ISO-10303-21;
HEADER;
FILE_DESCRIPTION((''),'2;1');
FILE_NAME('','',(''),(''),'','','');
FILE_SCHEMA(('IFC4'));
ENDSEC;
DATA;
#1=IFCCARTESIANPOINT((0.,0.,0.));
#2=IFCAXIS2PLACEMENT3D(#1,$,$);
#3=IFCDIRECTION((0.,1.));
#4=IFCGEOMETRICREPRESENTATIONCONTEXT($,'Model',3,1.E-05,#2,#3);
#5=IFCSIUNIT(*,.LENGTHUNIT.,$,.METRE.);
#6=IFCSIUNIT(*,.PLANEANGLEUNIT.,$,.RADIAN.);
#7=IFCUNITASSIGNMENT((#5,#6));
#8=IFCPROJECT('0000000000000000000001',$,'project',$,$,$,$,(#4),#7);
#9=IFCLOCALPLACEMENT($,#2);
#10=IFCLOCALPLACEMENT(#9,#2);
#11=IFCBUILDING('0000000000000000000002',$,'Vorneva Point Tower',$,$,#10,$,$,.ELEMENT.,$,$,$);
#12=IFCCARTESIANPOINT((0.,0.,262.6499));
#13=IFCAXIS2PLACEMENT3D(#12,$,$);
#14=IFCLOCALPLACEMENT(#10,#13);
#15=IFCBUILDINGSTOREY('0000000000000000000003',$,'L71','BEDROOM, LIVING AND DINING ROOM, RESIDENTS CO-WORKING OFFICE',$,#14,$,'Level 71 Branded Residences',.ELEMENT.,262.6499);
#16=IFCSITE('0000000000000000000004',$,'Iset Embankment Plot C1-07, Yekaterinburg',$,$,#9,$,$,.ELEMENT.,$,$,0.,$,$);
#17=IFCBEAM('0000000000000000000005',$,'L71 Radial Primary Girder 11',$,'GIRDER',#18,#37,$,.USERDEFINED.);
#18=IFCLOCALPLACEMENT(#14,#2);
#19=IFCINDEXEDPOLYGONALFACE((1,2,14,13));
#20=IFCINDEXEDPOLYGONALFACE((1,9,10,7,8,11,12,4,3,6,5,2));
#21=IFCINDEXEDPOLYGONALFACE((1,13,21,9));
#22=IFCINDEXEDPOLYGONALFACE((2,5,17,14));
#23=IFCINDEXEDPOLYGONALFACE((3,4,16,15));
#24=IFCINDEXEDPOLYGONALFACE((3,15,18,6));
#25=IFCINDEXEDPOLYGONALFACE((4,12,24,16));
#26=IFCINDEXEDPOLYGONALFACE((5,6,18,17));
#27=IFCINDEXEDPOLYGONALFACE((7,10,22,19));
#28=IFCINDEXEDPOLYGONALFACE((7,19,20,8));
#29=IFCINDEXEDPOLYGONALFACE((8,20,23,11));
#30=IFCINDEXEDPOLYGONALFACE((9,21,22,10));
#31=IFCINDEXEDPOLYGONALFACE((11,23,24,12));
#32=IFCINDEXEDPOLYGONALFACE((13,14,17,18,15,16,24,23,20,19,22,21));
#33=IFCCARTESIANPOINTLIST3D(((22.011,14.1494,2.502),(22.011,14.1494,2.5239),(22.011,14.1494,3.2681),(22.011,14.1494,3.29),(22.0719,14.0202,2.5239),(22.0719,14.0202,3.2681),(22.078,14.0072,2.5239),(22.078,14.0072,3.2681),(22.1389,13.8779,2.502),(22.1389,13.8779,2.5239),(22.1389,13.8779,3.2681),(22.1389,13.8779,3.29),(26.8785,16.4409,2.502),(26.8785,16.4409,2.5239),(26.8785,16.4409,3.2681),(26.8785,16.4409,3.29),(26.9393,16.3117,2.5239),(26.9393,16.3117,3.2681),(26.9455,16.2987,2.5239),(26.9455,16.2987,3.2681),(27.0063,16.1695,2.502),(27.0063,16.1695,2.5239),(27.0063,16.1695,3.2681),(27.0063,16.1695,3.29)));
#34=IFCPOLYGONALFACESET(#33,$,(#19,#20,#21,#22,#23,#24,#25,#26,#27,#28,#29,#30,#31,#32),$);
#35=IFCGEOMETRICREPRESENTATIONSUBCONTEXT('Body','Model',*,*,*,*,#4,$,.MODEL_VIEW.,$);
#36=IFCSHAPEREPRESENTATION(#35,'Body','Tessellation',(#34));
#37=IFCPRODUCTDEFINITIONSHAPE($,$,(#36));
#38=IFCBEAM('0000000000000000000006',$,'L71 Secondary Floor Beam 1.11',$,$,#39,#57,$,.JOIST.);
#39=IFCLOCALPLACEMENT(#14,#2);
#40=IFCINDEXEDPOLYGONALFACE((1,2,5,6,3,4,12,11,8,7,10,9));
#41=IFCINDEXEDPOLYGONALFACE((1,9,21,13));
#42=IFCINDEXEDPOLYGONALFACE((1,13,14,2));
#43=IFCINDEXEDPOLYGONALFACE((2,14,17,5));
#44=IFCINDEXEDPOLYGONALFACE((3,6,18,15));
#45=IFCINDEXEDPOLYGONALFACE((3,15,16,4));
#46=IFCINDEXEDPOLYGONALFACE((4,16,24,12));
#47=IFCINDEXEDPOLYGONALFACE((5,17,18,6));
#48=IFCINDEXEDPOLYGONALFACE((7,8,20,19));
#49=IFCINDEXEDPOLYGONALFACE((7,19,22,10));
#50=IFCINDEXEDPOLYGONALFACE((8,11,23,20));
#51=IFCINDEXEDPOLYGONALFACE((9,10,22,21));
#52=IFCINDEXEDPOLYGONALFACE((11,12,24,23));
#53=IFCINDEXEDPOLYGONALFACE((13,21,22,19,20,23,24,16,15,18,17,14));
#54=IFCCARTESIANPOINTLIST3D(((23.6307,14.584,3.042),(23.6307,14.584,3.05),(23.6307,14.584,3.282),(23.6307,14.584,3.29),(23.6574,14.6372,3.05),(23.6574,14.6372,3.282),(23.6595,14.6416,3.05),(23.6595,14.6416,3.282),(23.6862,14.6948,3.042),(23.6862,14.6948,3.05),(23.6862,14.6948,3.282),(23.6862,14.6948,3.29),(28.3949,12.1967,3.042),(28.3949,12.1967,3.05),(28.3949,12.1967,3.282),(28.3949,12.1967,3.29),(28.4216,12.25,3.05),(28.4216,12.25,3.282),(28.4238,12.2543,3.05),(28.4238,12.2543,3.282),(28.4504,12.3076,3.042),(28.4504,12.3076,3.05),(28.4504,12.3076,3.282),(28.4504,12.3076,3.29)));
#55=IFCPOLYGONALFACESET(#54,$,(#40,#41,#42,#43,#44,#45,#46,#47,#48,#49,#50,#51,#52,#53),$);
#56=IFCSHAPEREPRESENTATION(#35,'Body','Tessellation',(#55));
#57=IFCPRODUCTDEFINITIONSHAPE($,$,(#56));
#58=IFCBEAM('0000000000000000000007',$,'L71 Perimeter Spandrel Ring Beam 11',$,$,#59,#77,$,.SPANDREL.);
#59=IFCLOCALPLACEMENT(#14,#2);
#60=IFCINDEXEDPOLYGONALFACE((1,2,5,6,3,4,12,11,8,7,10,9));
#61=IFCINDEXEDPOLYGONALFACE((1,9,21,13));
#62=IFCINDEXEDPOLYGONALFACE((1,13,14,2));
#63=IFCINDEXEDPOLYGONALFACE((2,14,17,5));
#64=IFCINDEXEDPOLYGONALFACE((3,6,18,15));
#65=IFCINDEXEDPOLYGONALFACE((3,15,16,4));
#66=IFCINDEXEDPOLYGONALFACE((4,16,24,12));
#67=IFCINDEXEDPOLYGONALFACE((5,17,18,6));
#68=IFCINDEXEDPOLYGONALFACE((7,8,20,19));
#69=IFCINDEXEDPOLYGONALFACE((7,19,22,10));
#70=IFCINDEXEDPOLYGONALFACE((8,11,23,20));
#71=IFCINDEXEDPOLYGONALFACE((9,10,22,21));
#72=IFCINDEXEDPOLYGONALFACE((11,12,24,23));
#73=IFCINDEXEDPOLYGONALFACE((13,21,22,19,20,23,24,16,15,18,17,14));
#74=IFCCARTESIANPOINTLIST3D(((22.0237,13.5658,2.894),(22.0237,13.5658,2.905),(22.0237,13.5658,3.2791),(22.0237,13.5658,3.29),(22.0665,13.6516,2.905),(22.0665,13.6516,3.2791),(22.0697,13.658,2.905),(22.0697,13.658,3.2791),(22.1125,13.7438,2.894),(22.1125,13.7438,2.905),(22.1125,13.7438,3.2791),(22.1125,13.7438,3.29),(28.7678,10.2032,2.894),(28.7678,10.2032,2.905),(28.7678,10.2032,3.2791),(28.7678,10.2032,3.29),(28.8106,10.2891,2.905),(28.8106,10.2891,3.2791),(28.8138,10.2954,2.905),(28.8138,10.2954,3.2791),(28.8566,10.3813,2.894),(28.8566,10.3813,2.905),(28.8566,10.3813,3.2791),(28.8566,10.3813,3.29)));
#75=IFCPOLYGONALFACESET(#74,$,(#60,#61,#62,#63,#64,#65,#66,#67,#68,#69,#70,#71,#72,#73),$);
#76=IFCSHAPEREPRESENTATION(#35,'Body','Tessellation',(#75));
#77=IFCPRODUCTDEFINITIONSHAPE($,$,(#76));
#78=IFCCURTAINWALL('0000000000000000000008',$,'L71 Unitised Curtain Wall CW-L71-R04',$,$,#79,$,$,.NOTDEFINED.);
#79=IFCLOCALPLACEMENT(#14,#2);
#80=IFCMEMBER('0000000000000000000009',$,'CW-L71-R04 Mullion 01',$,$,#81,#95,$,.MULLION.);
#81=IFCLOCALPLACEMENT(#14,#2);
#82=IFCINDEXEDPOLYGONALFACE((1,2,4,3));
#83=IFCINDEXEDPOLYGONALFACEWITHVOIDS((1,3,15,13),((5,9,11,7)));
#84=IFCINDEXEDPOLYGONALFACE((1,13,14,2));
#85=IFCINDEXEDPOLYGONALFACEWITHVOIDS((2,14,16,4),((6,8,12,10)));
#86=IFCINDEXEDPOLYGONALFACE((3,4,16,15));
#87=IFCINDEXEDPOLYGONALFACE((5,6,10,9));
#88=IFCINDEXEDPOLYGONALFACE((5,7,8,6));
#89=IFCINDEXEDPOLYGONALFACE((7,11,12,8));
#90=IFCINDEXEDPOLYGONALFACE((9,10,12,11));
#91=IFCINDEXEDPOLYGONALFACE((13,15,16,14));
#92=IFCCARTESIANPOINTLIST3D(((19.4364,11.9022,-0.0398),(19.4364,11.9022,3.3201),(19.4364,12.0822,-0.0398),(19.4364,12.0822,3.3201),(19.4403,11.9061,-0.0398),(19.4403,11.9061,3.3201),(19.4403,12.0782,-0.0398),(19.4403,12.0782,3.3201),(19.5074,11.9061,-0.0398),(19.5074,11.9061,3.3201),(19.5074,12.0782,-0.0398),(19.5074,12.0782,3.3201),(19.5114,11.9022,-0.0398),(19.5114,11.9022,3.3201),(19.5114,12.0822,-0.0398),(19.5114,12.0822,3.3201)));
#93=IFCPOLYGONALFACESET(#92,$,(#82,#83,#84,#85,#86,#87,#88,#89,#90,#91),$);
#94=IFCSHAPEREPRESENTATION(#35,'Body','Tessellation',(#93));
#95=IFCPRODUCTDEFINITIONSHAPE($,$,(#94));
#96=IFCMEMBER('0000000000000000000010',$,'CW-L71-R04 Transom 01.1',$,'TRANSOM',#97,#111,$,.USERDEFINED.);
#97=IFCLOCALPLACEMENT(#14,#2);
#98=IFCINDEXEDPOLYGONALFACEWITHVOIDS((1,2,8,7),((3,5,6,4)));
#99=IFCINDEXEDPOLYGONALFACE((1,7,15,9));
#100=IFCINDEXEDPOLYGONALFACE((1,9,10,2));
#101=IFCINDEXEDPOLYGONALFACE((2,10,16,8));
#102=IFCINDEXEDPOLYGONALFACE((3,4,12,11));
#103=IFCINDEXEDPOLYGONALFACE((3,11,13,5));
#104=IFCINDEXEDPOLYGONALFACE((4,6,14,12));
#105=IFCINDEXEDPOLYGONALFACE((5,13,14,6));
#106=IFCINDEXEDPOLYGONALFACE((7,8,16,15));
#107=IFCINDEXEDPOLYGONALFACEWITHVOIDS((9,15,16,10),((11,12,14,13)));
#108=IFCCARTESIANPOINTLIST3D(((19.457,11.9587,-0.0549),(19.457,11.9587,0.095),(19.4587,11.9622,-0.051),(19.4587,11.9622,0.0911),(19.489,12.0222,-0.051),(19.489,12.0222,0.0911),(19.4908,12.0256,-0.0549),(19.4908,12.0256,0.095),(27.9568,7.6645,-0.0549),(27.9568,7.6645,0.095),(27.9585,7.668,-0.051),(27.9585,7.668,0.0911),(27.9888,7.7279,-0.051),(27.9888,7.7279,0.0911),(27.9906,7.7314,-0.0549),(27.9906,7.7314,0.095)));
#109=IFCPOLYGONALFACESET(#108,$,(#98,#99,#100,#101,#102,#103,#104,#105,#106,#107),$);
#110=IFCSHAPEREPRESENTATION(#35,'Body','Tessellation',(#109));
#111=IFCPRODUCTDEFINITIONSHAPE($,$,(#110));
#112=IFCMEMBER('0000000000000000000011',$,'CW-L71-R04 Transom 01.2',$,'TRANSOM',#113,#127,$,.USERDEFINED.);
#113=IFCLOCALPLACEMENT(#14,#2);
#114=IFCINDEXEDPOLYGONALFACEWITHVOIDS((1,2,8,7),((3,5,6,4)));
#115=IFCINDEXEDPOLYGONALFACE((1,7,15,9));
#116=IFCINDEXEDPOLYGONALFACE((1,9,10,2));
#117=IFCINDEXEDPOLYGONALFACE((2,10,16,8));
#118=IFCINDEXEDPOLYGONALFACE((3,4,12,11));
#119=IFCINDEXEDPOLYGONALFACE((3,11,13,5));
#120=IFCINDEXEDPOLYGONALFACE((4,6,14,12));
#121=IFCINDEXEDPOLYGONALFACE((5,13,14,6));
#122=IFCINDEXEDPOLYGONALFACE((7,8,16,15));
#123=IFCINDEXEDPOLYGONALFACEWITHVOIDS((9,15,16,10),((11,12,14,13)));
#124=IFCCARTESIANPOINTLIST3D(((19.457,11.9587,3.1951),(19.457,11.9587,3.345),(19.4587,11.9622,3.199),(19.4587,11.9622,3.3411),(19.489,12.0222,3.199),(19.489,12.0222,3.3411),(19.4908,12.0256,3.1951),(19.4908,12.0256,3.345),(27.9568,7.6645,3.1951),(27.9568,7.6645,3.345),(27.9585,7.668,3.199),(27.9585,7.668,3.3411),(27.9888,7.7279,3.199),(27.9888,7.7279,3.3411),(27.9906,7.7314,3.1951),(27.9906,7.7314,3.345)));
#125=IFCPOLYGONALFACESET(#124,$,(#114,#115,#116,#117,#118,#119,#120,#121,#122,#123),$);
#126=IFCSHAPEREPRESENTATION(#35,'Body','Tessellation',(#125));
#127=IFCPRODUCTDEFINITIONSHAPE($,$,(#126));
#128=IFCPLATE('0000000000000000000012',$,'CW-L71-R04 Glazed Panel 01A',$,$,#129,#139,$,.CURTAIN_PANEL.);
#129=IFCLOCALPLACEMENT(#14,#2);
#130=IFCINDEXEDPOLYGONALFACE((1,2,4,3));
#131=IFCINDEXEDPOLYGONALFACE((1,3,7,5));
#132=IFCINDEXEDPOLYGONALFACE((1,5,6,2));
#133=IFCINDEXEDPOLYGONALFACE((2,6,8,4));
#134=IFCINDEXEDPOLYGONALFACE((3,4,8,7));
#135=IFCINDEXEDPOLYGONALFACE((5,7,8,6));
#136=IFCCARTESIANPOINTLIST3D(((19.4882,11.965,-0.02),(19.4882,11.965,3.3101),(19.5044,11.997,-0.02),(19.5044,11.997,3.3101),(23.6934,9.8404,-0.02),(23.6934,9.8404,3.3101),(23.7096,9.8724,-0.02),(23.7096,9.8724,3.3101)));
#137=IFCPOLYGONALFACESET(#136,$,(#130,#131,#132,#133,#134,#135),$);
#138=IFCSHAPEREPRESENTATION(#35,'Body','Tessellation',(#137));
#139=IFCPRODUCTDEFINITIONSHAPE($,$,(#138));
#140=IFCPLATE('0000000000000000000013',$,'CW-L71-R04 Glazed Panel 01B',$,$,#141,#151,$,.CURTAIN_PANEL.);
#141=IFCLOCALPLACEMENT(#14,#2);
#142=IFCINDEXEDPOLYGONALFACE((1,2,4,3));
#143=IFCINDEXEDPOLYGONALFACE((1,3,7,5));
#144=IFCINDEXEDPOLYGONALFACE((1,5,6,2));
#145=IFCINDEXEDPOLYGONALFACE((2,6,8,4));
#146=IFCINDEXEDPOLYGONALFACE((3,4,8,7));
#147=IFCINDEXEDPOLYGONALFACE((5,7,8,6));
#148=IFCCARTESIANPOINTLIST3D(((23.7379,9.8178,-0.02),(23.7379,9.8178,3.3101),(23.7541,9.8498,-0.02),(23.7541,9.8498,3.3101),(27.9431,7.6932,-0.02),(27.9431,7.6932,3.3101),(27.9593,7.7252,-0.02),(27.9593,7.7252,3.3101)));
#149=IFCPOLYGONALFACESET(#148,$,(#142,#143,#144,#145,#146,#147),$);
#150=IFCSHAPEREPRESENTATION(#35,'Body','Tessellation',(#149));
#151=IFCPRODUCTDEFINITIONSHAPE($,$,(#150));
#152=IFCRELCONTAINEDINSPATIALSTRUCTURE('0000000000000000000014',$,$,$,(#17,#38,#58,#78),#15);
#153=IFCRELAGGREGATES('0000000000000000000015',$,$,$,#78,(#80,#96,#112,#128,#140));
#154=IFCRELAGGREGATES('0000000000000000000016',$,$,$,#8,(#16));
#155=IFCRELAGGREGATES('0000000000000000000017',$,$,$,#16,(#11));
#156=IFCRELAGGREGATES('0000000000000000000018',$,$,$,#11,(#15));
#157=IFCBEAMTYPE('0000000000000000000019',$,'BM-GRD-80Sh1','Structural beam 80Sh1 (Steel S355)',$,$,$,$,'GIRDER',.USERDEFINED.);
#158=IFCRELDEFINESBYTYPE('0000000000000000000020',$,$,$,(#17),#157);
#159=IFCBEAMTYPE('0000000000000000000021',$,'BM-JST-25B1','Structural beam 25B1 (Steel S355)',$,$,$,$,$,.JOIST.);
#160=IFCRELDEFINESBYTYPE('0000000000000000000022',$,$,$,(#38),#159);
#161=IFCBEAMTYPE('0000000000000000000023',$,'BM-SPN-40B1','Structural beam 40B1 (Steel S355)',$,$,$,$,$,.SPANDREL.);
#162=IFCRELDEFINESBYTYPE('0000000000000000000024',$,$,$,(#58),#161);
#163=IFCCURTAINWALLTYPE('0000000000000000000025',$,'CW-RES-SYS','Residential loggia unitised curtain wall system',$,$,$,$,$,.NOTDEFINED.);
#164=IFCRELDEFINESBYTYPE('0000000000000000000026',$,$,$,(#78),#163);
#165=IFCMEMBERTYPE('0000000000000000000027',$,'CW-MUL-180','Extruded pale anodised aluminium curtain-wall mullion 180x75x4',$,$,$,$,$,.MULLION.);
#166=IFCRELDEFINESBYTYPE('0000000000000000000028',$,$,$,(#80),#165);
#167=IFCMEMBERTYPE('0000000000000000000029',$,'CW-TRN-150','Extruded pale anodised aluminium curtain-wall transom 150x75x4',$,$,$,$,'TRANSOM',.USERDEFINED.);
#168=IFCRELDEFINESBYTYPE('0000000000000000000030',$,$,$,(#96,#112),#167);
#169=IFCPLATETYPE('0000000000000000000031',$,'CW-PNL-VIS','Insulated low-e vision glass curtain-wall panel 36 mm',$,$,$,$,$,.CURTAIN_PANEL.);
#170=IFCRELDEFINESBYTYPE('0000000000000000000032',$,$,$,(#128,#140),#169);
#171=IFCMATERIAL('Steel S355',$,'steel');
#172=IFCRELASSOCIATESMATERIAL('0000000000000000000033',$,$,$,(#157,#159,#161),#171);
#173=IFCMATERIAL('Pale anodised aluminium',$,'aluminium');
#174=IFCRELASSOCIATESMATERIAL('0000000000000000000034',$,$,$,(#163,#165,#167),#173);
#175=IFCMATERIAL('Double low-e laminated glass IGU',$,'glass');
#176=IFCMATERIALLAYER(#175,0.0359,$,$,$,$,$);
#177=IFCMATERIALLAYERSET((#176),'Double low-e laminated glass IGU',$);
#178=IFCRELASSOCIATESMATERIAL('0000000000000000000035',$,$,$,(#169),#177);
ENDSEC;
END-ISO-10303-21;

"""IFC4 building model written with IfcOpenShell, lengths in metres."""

from ifc_helpers import new_model, si_unit, direction, frame, origin, origin_2d, place, context, subcontext, project, spatial, rectangle, hollow_rectangle, i_section, extrude, material, layer, layer_set, material_profile, profile_set, type_object, element, aggregate, save


model = new_model("IFC4")

# Units and contexts
model_context = context("Model", 3, precision=1e-05, world=origin(), true_north=direction((0.0, 1.0)))
body_context = subcontext(model_context, "Body", "Model", "MODEL_VIEW")
ifc_project = project(units=[si_unit("LENGTHUNIT", "METRE"), si_unit("PLANEANGLEUNIT", "RADIAN")], contexts=[model_context])

# Site, building, storey
site_placement = place(None, origin())
site = spatial("IfcSite", under=ifc_project, at=site_placement, Name="Iset Embankment Plot C1-07, Yekaterinburg", CompositionType="ELEMENT", RefElevation=0.0)
building_placement = place(site_placement, origin())
building = spatial("IfcBuilding", under=site, at=building_placement, Name="Vorneva Point Tower", CompositionType="ELEMENT")
storey_placement = place(building_placement, frame((0.0, 0.0, 262.6499)))
storey = spatial("IfcBuildingStorey", under=building, at=storey_placement, Name="L71", Description="BEDROOM, LIVING AND DINING ROOM, RESIDENTS CO-WORKING OFFICE", LongName="Level 71 Branded Residences", CompositionType="ELEMENT", Elevation=262.6499)

# Beams
ifc_material_1 = material(Name="Steel S355", Category="steel")
ifc_material_profile_1 = material_profile(ifc_material_1, i_section(OverallWidth=0.3, OverallDepth=0.7881, WebThickness=0.0144, FlangeThickness=0.022, at=origin_2d()), Name="80Sh1")
ifc_profile_set_1 = profile_set([ifc_material_profile_1], Name="Steel S355")
beam_type_1 = type_object("IfcBeamType", Name="BM-GRD-80Sh1", Description="Structural beam 80Sh1 (Steel S355)", ElementType="GIRDER", PredefinedType="USERDEFINED", material=ifc_profile_set_1)
beam_1_placement = place(storey_placement, frame((22.075, 14.0137, 2.896), z_axis=(0.904751, 0.425941, 0.0), x_axis=(-0.425941, 0.904751, 0.0)))
element("IfcBeam", 1, at=beam_1_placement, inside=storey, type_object=beam_type_1, Name="L71 Radial Primary Girder 11", ObjectType="GIRDER", PredefinedType="USERDEFINED", context=body_context, shape_type="SweptSolid", body=[
    extrude(i_section(OverallWidth=0.3, OverallDepth=0.7881, WebThickness=0.0144, FlangeThickness=0.022, at=origin_2d()), origin(), (0.0, 0.0, 1.0), 5.3799),
])
ifc_material_profile_2 = material_profile(ifc_material_1, i_section(OverallWidth=0.124, OverallDepth=0.248, WebThickness=0.0049, FlangeThickness=0.0081, at=origin_2d()), Name="25B1")
ifc_profile_set_2 = profile_set([ifc_material_profile_2], Name="Steel S355")
beam_type_2 = type_object("IfcBeamType", Name="BM-JST-25B1", Description="Structural beam 25B1 (Steel S355)", PredefinedType="JOIST", material=ifc_profile_set_2)
beam_2_placement = place(storey_placement, frame((23.6584, 14.6394, 3.166), z_axis=(0.894042, -0.447983, 0.0), x_axis=(0.447983, 0.894042, 0.0)))
element("IfcBeam", 2, at=beam_2_placement, inside=storey, type_object=beam_type_2, Name="L71 Secondary Floor Beam 1.11", PredefinedType="JOIST", context=body_context, shape_type="SweptSolid", body=[
    extrude(i_section(OverallWidth=0.124, OverallDepth=0.248, WebThickness=0.0049, FlangeThickness=0.0081, at=origin_2d()), origin(), (0.0, 0.0, 1.0), 5.3289),
])
ifc_material_profile_3 = material_profile(ifc_material_1, i_section(OverallWidth=0.199, OverallDepth=0.396, WebThickness=0.0071, FlangeThickness=0.011, at=origin_2d()), Name="40B1")
ifc_profile_set_3 = profile_set([ifc_material_profile_3], Name="Steel S355")
beam_type_3 = type_object("IfcBeamType", Name="BM-SPN-40B1", Description="Structural beam 40B1 (Steel S355)", PredefinedType="SPANDREL", material=ifc_profile_set_3)
beam_3_placement = place(storey_placement, frame((22.0681, 13.6548, 3.092), z_axis=(0.894932, -0.446203, 0.0), x_axis=(0.446203, 0.894932, 0.0)))
element("IfcBeam", 3, at=beam_3_placement, inside=storey, type_object=beam_type_3, Name="L71 Perimeter Spandrel Ring Beam 11", PredefinedType="SPANDREL", context=body_context, shape_type="SweptSolid", body=[
    extrude(i_section(OverallWidth=0.199, OverallDepth=0.396, WebThickness=0.0071, FlangeThickness=0.011, at=origin_2d()), origin(), (0.0, 0.0, 1.0), 7.5359),
])

# Curtain wall, members, plates
ifc_material_2 = material(Name="Pale anodised aluminium", Category="aluminium")
curtain_wall_type = type_object("IfcCurtainWallType", Name="CW-RES-SYS", Description="Residential loggia unitised curtain wall system", PredefinedType="NOTDEFINED", material=ifc_material_2)
curtain_wall_placement = place(storey_placement, origin())
curtain_wall = element("IfcCurtainWall", 4, at=curtain_wall_placement, inside=storey, type_object=curtain_wall_type, Name="L71 Unitised Curtain Wall CW-L71-R04", PredefinedType="NOTDEFINED")
ifc_material_profile_4 = material_profile(ifc_material_2, hollow_rectangle(XDim=0.075, YDim=0.1799, WallThickness=0.0039, at=origin_2d()), Name="AL-MUL 180x75x4")
ifc_profile_set_4 = profile_set([ifc_material_profile_4], Name="Pale anodised aluminium")
member_type_1 = type_object("IfcMemberType", Name="CW-MUL-180", Description="Extruded pale anodised aluminium curtain-wall mullion 180x75x4", PredefinedType="MULLION", material=ifc_profile_set_4)
member_1_placement = place(storey_placement, frame((19.4739, 11.9922, -0.0398), z_axis=(0.0, 0.0, 1.0), x_axis=(1.0, 0.0, 0.0)))
member_1 = element("IfcMember", 5, at=member_1_placement, type_object=member_type_1, Name="CW-L71-R04 Mullion 01", PredefinedType="MULLION", context=body_context, shape_type="SweptSolid", body=[
    extrude(hollow_rectangle(XDim=0.075, YDim=0.1799, WallThickness=0.0039, at=origin_2d()), origin(), (0.0, 0.0, 1.0), 3.3599),
])
ifc_material_profile_5 = material_profile(ifc_material_2, hollow_rectangle(XDim=0.075, YDim=0.1499, WallThickness=0.0039, at=origin_2d()), Name="AL-TRN 150x75x4")
ifc_profile_set_5 = profile_set([ifc_material_profile_5], Name="Pale anodised aluminium")
member_type_2 = type_object("IfcMemberType", Name="CW-TRN-150", Description="Extruded pale anodised aluminium curtain-wall transom 150x75x4", ElementType="TRANSOM", PredefinedType="USERDEFINED", material=ifc_profile_set_5)
member_2_placement = place(storey_placement, frame((19.4739, 11.9922, 0.02), z_axis=(0.892558, -0.450932, 0.0), x_axis=(0.450932, 0.892558, 0.0)))
member_2 = element("IfcMember", 6, at=member_2_placement, type_object=member_type_2, Name="CW-L71-R04 Transom 01.1", ObjectType="TRANSOM", PredefinedType="USERDEFINED", context=body_context, shape_type="SweptSolid", body=[
    extrude(hollow_rectangle(XDim=0.075, YDim=0.1499, WallThickness=0.0039, at=origin_2d()), origin(), (0.0, 0.0, 1.0), 9.5229),
])
member_3_placement = place(storey_placement, frame((19.4739, 11.9922, 3.27), z_axis=(0.892558, -0.450932, 0.0), x_axis=(0.450932, 0.892558, 0.0)))
member_3 = element("IfcMember", 7, at=member_3_placement, type_object=member_type_2, Name="CW-L71-R04 Transom 01.2", ObjectType="TRANSOM", PredefinedType="USERDEFINED", context=body_context, shape_type="SweptSolid", body=[
    extrude(hollow_rectangle(XDim=0.075, YDim=0.1499, WallThickness=0.0039, at=origin_2d()), origin(), (0.0, 0.0, 1.0), 9.5229),
])
ifc_material_3 = material(Name="Double low-e laminated glass IGU", Category="glass")
ifc_layer_1 = layer(ifc_material_3, 0.0359)
ifc_layer_set_1 = layer_set([ifc_layer_1], Name="Double low-e laminated glass IGU")
plate_type = type_object("IfcPlateType", Name="CW-PNL-VIS", Description="Insulated low-e vision glass curtain-wall panel 36 mm", PredefinedType="CURTAIN_PANEL", material=ifc_layer_set_1)
plate_1_placement = place(storey_placement, frame((21.5989, 10.9187, -0.02), z_axis=(0.0, 0.0, 1.0), x_axis=(0.892554, -0.45094, 0.0)))
plate_1 = element("IfcPlate", 8, at=plate_1_placement, type_object=plate_type, Name="CW-L71-R04 Glazed Panel 01A", PredefinedType="CURTAIN_PANEL", context=body_context, shape_type="SweptSolid", body=[
    extrude(rectangle(XDim=4.7114, YDim=0.0359, at=origin_2d()), origin(), (0.0, 0.0, 1.0), 3.3301),
])
plate_2_placement = place(storey_placement, frame((25.8486, 8.7715, -0.02), z_axis=(0.0, 0.0, 1.0), x_axis=(0.892554, -0.45094, 0.0)))
plate_2 = element("IfcPlate", 9, at=plate_2_placement, type_object=plate_type, Name="CW-L71-R04 Glazed Panel 01B", PredefinedType="CURTAIN_PANEL", context=body_context, shape_type="SweptSolid", body=[
    extrude(rectangle(XDim=4.7114, YDim=0.0359, at=origin_2d()), origin(), (0.0, 0.0, 1.0), 3.3301),
])
aggregate(curtain_wall, [member_1, member_2, member_3, plate_1, plate_2])

save(model, "model.ifc")
